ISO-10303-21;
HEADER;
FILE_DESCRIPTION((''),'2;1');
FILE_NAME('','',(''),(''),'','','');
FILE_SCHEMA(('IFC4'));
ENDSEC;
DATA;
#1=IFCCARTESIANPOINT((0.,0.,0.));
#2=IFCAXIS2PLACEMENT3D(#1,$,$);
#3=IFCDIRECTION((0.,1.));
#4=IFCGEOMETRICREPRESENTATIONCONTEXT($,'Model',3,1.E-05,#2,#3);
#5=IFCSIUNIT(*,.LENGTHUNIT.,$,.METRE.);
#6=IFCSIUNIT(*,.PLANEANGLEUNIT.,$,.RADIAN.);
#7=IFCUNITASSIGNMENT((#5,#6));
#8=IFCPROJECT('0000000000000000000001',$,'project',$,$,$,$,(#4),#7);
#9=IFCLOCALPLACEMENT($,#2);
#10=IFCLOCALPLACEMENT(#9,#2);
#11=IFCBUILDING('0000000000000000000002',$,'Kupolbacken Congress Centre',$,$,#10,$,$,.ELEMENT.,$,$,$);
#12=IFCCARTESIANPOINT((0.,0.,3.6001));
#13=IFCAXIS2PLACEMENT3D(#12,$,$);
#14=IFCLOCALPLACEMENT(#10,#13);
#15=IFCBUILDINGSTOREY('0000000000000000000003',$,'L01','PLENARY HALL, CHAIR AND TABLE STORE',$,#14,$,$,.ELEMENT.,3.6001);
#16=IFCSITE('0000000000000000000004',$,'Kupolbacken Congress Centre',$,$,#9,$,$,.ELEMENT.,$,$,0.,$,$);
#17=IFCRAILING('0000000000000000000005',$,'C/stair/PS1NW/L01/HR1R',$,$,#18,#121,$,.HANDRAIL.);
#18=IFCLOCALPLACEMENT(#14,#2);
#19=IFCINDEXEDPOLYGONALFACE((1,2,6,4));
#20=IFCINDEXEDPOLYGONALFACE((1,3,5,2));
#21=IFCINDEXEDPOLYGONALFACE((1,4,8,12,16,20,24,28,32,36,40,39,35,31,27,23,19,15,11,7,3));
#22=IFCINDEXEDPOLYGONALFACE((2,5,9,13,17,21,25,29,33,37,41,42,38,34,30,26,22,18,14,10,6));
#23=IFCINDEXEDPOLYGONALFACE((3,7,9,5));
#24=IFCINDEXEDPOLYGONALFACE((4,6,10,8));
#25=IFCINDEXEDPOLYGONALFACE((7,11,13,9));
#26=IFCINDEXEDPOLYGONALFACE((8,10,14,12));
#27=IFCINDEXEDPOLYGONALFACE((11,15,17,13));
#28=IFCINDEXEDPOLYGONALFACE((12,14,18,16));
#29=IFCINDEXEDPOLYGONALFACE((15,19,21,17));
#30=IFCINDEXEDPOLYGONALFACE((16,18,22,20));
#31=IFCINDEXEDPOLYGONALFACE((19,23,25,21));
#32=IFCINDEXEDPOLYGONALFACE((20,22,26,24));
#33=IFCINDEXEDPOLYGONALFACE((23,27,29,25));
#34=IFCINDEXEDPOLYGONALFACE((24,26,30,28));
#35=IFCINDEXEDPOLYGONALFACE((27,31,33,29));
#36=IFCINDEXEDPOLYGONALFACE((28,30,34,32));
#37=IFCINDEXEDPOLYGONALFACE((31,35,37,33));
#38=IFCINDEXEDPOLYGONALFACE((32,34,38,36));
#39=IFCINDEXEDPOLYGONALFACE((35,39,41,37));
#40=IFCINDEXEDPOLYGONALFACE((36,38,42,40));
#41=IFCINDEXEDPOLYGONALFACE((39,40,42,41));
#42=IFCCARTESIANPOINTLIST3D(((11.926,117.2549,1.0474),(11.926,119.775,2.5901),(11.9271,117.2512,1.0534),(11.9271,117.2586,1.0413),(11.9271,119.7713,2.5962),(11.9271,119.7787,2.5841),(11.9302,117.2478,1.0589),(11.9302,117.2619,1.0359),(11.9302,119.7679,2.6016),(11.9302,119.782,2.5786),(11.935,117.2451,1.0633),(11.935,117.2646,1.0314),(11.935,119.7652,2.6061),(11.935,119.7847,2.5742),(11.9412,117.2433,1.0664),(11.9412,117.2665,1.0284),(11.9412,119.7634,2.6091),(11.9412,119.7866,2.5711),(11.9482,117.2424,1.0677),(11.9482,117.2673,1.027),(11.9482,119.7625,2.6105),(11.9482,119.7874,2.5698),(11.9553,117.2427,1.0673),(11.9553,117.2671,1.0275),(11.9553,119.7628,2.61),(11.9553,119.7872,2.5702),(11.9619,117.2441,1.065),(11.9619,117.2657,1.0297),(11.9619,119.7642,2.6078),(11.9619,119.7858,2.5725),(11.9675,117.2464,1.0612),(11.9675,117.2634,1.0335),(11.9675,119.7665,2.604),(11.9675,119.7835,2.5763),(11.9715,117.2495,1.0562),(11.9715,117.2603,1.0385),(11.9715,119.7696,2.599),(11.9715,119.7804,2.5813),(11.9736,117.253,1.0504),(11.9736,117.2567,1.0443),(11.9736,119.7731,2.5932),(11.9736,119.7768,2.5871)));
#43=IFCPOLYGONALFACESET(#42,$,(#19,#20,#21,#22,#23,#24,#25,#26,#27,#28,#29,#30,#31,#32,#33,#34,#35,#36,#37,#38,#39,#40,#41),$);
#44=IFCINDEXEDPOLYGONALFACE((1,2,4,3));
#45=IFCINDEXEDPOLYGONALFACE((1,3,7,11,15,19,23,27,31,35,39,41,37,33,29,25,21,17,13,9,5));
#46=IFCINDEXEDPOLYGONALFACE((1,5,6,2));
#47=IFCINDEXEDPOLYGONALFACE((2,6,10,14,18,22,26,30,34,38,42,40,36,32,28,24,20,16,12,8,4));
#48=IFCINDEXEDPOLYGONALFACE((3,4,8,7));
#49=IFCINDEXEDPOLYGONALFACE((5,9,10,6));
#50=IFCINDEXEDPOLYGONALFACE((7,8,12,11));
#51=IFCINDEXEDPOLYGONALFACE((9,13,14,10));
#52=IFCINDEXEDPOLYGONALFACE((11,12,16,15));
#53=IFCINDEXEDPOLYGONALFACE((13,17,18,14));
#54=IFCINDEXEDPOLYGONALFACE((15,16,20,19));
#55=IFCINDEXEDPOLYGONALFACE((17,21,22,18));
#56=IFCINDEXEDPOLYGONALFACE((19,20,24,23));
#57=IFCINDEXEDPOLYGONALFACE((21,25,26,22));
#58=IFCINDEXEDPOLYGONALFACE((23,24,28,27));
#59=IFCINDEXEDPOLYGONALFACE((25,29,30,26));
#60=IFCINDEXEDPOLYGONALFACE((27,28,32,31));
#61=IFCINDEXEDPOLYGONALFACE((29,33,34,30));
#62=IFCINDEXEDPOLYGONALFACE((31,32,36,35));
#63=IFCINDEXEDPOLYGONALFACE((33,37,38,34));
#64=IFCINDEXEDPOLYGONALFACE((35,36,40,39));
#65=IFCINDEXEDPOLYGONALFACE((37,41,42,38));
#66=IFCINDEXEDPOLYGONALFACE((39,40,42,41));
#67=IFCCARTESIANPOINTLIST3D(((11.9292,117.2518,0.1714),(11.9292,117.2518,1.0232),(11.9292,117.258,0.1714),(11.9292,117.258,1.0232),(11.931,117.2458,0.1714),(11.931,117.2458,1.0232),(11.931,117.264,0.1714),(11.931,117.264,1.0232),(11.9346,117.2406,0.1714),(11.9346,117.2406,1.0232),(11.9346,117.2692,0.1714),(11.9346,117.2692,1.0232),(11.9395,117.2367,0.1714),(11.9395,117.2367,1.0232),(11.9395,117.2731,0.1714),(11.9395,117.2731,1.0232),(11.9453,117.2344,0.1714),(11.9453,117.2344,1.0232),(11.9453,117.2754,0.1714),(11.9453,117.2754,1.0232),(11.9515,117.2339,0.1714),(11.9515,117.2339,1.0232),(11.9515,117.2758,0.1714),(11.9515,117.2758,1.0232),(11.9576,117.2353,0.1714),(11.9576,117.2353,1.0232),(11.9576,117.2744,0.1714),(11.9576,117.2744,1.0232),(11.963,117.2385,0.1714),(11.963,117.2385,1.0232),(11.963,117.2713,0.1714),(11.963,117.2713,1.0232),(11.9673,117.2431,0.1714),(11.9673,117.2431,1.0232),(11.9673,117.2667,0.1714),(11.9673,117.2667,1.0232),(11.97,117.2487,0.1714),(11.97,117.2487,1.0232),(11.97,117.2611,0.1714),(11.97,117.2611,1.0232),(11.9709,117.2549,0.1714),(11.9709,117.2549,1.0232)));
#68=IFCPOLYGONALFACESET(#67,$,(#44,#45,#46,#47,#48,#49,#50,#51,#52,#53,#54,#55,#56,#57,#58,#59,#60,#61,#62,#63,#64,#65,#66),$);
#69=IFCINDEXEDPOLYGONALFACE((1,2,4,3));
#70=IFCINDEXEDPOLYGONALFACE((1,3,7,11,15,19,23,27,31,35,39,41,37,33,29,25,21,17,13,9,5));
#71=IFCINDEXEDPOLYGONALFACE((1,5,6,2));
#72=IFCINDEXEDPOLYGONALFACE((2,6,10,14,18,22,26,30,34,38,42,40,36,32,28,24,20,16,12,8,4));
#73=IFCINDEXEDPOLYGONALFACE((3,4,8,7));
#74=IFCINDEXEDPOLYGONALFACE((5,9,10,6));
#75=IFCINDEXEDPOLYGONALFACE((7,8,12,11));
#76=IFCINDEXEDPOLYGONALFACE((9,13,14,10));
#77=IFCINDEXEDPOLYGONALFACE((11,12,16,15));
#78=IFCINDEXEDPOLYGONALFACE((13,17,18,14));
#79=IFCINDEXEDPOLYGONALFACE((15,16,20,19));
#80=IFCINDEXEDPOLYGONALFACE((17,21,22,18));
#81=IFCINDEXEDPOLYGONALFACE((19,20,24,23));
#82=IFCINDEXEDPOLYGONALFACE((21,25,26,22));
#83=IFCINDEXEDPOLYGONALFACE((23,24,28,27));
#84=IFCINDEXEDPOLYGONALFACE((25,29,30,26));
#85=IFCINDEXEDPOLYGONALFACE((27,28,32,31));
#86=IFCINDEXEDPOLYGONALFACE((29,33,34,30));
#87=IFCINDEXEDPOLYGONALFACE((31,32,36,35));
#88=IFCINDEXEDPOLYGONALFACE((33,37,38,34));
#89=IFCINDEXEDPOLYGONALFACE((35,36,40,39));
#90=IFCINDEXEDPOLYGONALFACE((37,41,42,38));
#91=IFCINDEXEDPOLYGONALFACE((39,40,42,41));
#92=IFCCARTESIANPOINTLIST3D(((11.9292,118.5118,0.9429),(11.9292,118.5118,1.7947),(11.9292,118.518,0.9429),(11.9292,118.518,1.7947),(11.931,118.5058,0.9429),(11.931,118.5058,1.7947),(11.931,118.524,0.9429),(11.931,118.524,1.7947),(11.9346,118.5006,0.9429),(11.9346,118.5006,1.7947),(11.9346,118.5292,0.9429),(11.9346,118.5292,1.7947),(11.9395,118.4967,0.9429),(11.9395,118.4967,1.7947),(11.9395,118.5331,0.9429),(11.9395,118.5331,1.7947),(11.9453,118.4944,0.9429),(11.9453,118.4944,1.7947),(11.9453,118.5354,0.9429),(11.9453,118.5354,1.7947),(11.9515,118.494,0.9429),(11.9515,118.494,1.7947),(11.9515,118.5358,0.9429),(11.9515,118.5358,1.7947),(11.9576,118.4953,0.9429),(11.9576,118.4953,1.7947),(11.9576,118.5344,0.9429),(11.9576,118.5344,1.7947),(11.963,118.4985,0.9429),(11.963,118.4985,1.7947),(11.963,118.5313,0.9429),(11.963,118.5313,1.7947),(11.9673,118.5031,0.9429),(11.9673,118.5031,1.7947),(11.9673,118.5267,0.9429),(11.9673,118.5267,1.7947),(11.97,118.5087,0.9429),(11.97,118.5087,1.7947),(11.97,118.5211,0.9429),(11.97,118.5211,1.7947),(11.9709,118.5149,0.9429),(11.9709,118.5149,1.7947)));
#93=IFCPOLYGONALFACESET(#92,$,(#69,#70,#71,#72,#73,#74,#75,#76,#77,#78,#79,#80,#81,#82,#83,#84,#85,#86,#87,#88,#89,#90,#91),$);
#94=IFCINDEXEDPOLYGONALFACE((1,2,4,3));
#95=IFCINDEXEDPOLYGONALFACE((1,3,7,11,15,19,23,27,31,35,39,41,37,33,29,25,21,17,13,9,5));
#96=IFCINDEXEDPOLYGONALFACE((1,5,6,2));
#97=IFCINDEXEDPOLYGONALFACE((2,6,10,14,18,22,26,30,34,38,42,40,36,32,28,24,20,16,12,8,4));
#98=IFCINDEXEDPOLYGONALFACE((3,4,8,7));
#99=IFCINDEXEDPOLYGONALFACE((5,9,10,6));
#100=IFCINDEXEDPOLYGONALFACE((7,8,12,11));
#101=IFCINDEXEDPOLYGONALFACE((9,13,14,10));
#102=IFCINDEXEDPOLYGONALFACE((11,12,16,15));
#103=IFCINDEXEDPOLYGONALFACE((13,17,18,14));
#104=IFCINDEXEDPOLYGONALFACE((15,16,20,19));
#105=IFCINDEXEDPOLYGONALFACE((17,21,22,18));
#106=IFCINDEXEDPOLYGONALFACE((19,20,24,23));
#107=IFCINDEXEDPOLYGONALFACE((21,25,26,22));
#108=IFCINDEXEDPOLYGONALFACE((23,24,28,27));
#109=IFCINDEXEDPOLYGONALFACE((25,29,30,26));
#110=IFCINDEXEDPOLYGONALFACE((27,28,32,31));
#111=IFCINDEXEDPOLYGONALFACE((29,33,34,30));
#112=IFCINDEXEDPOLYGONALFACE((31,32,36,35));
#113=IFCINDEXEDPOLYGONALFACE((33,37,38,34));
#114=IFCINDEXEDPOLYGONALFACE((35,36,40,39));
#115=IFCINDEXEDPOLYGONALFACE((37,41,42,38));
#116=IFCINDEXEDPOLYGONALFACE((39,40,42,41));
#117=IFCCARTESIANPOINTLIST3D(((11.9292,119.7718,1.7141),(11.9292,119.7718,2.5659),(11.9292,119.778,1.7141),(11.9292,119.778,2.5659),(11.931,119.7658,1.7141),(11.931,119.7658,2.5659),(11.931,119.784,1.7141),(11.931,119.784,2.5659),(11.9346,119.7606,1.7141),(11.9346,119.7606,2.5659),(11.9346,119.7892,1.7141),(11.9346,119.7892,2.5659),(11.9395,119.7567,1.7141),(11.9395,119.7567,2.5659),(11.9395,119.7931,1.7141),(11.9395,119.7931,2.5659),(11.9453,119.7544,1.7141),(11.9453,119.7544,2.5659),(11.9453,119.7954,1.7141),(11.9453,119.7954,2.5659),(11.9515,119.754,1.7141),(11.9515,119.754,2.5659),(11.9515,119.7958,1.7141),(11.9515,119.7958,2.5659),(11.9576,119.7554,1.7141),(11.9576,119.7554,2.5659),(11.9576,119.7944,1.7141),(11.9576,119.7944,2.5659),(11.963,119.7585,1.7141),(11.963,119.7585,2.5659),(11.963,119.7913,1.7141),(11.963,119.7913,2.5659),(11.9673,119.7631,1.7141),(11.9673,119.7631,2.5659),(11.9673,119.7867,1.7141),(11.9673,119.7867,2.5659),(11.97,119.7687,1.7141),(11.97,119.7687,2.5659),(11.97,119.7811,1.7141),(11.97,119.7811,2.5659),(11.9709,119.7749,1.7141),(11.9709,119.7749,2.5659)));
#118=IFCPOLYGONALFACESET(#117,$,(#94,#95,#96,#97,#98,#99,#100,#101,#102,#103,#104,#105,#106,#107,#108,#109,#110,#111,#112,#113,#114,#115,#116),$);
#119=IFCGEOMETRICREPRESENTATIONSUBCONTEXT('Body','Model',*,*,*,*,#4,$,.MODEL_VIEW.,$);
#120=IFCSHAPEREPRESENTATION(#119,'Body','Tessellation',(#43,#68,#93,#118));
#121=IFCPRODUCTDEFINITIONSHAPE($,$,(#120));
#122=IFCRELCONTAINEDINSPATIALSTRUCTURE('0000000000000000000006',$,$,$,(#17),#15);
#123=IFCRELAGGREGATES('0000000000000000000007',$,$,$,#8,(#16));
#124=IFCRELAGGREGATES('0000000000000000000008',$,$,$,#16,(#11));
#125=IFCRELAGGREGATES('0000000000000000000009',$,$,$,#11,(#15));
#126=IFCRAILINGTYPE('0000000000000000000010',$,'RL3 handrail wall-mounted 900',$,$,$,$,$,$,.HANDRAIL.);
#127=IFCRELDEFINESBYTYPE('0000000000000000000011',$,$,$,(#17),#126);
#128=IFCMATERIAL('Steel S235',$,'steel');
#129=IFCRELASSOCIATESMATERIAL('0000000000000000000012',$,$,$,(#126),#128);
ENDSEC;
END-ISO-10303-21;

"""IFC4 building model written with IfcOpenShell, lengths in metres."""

from ifc_helpers import new_model, si_unit, direction, frame, origin, origin_2d, place, context, subcontext, project, spatial, circle, extrude, material, type_object, element, save


model = new_model("IFC4")

# Units and contexts
model_context = context("Model", 3, precision=1e-05, world=origin(), true_north=direction((0.0, 1.0)))
body_context = subcontext(model_context, "Body", "Model", "MODEL_VIEW")
ifc_project = project(units=[si_unit("LENGTHUNIT", "METRE"), si_unit("PLANEANGLEUNIT", "RADIAN")], contexts=[model_context])

# Site, building, storey
site_placement = place(None, origin())
site = spatial("IfcSite", under=ifc_project, at=site_placement, Name="Kupolbacken Congress Centre", CompositionType="ELEMENT", RefElevation=0.0)
building_placement = place(site_placement, origin())
building = spatial("IfcBuilding", under=site, at=building_placement, Name="Kupolbacken Congress Centre", CompositionType="ELEMENT")
storey_placement = place(building_placement, frame((0.0, 0.0, 3.6001)))
storey = spatial("IfcBuildingStorey", under=building, at=storey_placement, Name="L01", Description="PLENARY HALL, CHAIR AND TABLE STORE", CompositionType="ELEMENT", Elevation=3.6001)

# Railing
ifc_material_1 = material(Name="Steel S235", Category="steel")
railing_type = type_object("IfcRailingType", Name="RL3 handrail wall-mounted 900", PredefinedType="HANDRAIL", material=ifc_material_1)
for number, where, name in (
    (1, (11.95, 117.2549, 0.1714), "C/stair/PS1NW/L01/HR1R"),
):
    element("IfcRailing", number, at=place(storey_placement, frame(where)), inside=storey, type_object=railing_type, Name=name, PredefinedType="HANDRAIL", context=body_context, shape_type="SweptSolid", body=[
        extrude(circle(Radius=0.0239, at=origin_2d()), frame((0.0, 0.0, 0.876), z_axis=(0.0, 0.852873, 0.522118), x_axis=(-1.0, 0.0, 0.0)), (0.0, 0.0, 1.0), 2.9548),
        extrude(circle(Radius=0.021, at=origin_2d()), origin(), (0.0, 0.0, 1.0), 0.8518),
        extrude(circle(Radius=0.021, at=origin_2d()), frame((0.0, 1.26, 0.7715)), (0.0, 0.0, 1.0), 0.8518),
        extrude(circle(Radius=0.021, at=origin_2d()), frame((0.0, 2.52, 1.5427)), (0.0, 0.0, 1.0), 0.8518),
    ])

save(model, "model.ifc")
